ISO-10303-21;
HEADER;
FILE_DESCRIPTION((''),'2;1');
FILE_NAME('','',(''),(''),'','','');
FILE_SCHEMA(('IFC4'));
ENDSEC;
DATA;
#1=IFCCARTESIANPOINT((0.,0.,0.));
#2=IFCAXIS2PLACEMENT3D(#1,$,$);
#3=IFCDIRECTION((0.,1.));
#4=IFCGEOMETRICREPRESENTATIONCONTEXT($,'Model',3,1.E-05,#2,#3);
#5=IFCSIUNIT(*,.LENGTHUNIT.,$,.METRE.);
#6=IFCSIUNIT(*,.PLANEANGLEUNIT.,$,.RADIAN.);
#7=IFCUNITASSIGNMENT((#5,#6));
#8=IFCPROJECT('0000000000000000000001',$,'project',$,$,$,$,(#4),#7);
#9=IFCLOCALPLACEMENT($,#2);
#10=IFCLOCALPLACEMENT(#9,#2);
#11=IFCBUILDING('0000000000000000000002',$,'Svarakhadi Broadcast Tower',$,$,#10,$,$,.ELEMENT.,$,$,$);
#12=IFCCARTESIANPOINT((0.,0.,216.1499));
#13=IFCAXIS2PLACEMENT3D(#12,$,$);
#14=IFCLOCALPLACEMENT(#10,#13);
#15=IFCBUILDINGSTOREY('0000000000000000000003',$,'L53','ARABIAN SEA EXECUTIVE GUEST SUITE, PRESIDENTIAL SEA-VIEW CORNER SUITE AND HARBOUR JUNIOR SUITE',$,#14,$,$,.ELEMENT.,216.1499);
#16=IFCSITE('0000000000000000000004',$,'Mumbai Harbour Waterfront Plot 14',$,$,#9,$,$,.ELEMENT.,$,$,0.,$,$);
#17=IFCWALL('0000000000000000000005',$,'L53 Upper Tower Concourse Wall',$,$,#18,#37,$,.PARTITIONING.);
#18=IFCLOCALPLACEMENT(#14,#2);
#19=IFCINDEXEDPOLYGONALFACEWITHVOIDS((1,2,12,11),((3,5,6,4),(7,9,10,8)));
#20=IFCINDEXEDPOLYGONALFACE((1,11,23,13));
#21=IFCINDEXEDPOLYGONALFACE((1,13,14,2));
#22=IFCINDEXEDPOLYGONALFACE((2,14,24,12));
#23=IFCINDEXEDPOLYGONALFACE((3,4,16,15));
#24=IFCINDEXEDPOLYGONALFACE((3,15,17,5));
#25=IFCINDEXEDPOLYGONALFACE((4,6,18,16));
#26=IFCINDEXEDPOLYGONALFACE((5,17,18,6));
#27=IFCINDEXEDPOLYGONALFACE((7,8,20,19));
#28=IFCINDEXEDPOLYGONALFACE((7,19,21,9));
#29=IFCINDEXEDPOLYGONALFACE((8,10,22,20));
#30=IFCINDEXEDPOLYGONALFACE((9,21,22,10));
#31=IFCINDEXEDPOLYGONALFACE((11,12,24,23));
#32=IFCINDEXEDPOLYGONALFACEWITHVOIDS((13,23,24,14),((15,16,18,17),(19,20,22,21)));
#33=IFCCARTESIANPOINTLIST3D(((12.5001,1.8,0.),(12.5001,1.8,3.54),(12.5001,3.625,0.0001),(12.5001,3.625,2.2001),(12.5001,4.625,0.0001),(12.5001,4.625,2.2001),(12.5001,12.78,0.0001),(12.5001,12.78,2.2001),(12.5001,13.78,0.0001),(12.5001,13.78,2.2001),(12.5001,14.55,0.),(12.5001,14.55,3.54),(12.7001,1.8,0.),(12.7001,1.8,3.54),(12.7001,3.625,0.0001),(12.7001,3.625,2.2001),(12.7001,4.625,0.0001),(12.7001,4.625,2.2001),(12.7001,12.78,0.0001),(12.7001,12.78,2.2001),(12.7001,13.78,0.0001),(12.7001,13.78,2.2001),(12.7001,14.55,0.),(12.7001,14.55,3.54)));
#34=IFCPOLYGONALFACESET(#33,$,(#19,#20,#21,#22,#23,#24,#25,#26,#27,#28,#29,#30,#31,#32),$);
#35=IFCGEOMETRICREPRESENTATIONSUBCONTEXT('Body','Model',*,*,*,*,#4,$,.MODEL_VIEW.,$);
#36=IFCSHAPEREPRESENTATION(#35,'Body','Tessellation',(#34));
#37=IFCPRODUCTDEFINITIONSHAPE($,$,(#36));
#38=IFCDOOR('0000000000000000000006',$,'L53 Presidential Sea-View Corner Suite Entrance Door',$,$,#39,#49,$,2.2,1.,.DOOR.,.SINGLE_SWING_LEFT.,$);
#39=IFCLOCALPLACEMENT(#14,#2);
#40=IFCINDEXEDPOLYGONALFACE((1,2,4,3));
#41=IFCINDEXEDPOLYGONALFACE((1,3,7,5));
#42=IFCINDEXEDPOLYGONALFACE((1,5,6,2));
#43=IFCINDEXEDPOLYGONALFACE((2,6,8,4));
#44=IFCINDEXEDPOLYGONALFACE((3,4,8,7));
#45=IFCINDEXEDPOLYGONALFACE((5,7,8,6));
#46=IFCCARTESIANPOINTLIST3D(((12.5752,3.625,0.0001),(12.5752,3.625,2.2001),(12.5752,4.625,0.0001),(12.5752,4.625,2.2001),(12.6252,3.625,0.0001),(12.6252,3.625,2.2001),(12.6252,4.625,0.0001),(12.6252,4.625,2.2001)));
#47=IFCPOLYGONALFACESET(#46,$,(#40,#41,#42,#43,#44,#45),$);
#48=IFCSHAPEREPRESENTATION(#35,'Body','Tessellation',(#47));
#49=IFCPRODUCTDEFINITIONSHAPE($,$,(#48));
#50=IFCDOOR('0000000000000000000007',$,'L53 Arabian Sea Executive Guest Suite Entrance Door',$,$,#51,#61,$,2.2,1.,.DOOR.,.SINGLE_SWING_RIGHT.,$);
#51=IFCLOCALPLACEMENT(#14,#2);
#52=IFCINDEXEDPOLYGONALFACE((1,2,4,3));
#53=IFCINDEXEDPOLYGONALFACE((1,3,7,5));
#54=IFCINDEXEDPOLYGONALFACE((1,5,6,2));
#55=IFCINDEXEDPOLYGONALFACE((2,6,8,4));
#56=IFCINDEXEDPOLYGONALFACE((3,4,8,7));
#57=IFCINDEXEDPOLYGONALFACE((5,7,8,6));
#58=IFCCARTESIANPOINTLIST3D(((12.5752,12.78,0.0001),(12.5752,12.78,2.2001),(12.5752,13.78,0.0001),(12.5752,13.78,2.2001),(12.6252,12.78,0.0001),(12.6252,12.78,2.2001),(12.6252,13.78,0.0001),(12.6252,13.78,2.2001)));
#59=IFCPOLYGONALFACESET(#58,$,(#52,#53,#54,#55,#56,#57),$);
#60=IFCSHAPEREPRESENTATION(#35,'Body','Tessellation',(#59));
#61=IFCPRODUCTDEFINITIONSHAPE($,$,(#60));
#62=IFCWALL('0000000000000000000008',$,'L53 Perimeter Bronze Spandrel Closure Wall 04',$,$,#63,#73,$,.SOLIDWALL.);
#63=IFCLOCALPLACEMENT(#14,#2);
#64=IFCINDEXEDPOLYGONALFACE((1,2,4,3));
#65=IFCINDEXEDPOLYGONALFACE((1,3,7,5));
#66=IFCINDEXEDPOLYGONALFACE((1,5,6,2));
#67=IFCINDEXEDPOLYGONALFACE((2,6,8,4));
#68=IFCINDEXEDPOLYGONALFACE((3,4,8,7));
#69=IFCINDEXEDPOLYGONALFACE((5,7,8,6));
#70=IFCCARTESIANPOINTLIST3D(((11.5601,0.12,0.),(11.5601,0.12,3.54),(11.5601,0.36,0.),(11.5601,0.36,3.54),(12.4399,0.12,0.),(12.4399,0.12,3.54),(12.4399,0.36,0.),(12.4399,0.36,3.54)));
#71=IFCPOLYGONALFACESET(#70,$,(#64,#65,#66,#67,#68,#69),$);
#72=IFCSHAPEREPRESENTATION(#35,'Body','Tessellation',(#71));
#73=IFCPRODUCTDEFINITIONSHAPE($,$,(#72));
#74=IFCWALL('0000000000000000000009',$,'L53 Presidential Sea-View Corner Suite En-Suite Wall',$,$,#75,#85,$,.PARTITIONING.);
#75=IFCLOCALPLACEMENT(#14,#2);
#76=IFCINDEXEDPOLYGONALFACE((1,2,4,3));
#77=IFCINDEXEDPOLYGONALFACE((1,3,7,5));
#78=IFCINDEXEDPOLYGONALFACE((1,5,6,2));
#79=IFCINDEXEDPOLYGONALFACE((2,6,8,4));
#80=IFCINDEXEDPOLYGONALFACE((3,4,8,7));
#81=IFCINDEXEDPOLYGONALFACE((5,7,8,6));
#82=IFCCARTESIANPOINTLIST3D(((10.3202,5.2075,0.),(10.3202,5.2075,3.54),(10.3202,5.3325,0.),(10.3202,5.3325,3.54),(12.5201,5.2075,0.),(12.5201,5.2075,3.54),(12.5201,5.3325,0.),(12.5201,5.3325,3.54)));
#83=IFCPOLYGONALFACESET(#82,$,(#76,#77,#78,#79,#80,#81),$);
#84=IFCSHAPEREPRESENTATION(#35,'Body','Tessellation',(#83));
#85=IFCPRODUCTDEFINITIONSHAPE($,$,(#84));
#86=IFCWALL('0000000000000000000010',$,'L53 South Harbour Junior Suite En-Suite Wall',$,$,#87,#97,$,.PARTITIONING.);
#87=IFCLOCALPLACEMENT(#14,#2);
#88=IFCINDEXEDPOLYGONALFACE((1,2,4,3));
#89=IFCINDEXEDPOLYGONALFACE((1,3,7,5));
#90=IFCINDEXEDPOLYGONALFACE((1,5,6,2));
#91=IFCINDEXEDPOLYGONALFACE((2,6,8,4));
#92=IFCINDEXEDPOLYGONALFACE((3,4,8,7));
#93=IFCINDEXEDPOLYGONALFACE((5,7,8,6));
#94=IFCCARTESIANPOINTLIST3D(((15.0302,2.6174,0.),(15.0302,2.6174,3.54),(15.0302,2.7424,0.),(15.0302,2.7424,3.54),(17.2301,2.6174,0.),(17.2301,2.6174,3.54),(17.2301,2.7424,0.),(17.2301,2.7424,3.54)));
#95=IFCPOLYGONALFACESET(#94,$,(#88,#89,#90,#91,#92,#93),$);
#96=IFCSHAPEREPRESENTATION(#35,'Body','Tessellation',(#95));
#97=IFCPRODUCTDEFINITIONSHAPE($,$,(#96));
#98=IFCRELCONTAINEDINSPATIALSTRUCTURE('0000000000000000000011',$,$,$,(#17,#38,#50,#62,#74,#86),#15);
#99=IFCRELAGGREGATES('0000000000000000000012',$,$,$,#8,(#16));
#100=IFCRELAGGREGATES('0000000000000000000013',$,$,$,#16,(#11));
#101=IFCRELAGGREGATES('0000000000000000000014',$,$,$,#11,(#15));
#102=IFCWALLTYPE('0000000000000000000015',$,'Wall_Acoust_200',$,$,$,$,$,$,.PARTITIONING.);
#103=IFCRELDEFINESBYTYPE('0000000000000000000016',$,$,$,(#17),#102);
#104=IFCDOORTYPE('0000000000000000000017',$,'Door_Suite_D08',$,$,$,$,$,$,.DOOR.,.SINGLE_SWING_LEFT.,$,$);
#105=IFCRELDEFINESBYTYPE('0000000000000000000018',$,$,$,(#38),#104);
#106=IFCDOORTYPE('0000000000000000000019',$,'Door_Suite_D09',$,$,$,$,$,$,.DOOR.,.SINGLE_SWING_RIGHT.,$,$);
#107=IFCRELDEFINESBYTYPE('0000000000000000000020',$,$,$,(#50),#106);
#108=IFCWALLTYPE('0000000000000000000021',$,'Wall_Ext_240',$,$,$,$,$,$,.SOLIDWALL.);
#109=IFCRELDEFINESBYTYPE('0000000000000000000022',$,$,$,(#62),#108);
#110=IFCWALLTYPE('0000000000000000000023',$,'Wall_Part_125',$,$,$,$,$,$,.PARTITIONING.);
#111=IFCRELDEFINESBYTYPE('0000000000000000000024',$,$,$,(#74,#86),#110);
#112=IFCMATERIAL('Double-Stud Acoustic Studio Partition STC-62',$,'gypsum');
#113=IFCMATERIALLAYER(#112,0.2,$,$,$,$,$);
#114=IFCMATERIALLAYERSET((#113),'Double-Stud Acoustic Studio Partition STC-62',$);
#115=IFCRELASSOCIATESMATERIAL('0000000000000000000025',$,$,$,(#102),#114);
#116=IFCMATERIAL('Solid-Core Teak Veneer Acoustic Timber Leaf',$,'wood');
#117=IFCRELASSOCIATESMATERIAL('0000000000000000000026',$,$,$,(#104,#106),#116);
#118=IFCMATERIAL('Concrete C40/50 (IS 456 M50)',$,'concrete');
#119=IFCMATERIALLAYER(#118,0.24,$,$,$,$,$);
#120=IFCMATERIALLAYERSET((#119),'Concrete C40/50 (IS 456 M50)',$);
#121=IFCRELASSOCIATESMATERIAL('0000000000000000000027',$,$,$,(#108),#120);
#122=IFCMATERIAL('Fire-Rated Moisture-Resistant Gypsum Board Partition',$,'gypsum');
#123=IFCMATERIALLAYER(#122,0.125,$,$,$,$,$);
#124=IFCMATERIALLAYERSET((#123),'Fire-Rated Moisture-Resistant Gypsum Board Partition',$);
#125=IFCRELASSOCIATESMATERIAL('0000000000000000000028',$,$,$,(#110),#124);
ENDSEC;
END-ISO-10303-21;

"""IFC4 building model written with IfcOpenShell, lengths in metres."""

from ifc_helpers import new_model, si_unit, direction, frame, frame_2d, origin, place, context, subcontext, project, spatial, rectangle, extrude, material, layer, layer_set, type_object, element, fill, save


model = new_model("IFC4")

# Units and contexts
model_context = context("Model", 3, precision=1e-05, world=origin(), true_north=direction((0.0, 1.0)))
body_context = subcontext(model_context, "Body", "Model", "MODEL_VIEW")
ifc_project = project(units=[si_unit("LENGTHUNIT", "METRE"), si_unit("PLANEANGLEUNIT", "RADIAN")], contexts=[model_context])

# Site, building, storey
site_placement = place(None, origin())
site = spatial("IfcSite", under=ifc_project, at=site_placement, Name="Mumbai Harbour Waterfront Plot 14", CompositionType="ELEMENT", RefElevation=0.0)
building_placement = place(site_placement, origin())
building = spatial("IfcBuilding", under=site, at=building_placement, Name="Svarakhadi Broadcast Tower", CompositionType="ELEMENT")
storey_placement = place(building_placement, frame((0.0, 0.0, 216.1499)))
storey = spatial("IfcBuildingStorey", under=building, at=storey_placement, Name="L53", Description="ARABIAN SEA EXECUTIVE GUEST SUITE, PRESIDENTIAL SEA-VIEW CORNER SUITE AND HARBOUR JUNIOR SUITE", CompositionType="ELEMENT", Elevation=216.1499)

# Shared definitions
ifc_material_1 = material(Name="Double-Stud Acoustic Studio Partition STC-62", Category="gypsum")
ifc_layer_1 = layer(ifc_material_1, 0.2)
ifc_layer_set_1 = layer_set([ifc_layer_1], Name="Double-Stud Acoustic Studio Partition STC-62")
wall_type_1 = type_object("IfcWallType", Name="Wall_Acoust_200", PredefinedType="PARTITIONING", material=ifc_layer_set_1)

# Wall, openings, doors
wall_1_placement = place(storey_placement, frame((12.6001, 1.8, 0.0), z_axis=(0.0, 0.0, 1.0), x_axis=(0.0, 1.0, 0.0)))
wall_1 = element("IfcWall", 1, at=wall_1_placement, inside=storey, type_object=wall_type_1, Name="L53 Upper Tower Concourse Wall", PredefinedType="PARTITIONING", context=body_context, shape_type="SweptSolid", body=[
    extrude(rectangle(XDim=12.75, YDim=0.2, at=frame_2d((6.375, 0.0))), origin(), (0.0, 0.0, 1.0), 3.54),
])
opening_1_placement = place(wall_1_placement, frame((1.825, 0.0, 0.0)))
opening_1 = element("IfcOpeningElement", 2, at=opening_1_placement, cuts=wall_1, PredefinedType="OPENING", context=body_context, shape_type="SweptSolid", body=[
    extrude(rectangle(XDim=1.0, YDim=2.2, at=frame_2d((0.5, 1.1001))), frame((0.0, 0.1099, 0.0), z_axis=(0.0, -1.0, 0.0), x_axis=(1.0, 0.0, 0.0)), (0.0, 0.0, 1.0), 0.22),
])
opening_2_placement = place(wall_1_placement, frame((10.98, 0.0, 0.0)))
opening_2 = element("IfcOpeningElement", 3, at=opening_2_placement, cuts=wall_1, PredefinedType="OPENING", context=body_context, shape_type="SweptSolid", body=[
    extrude(rectangle(XDim=1.0, YDim=2.2, at=frame_2d((0.5, 1.1001))), frame((0.0, 0.1099, 0.0), z_axis=(0.0, -1.0, 0.0), x_axis=(1.0, 0.0, 0.0)), (0.0, 0.0, 1.0), 0.22),
])
ifc_material_2 = material(Name="Solid-Core Teak Veneer Acoustic Timber Leaf", Category="wood")
door_type_1 = type_object("IfcDoorType", Name="Door_Suite_D08", OperationType="SINGLE_SWING_LEFT", PredefinedType="DOOR", material=ifc_material_2)
door_1_placement = place(opening_1_placement, origin())
door_1 = element("IfcDoor", 4, at=door_1_placement, inside=storey, type_object=door_type_1, Name="L53 Presidential Sea-View Corner Suite Entrance Door", OperationType="SINGLE_SWING_LEFT", OverallHeight=2.2, OverallWidth=1.0, PredefinedType="DOOR", context=body_context, shape_type="SweptSolid", body=[
    extrude(rectangle(XDim=1.0, YDim=2.2, at=frame_2d((0.5, 1.1001))), frame((0.0, 0.0249, 0.0), z_axis=(0.0, -1.0, 0.0), x_axis=(1.0, 0.0, 0.0)), (0.0, 0.0, 1.0), 0.05),
])
fill(opening_1, door_1)
door_type_2 = type_object("IfcDoorType", Name="Door_Suite_D09", OperationType="SINGLE_SWING_RIGHT", PredefinedType="DOOR", material=ifc_material_2)
door_2_placement = place(opening_2_placement, origin())
door_2 = element("IfcDoor", 5, at=door_2_placement, inside=storey, type_object=door_type_2, Name="L53 Arabian Sea Executive Guest Suite Entrance Door", OperationType="SINGLE_SWING_RIGHT", OverallHeight=2.2, OverallWidth=1.0, PredefinedType="DOOR", context=body_context, shape_type="SweptSolid", body=[
    extrude(rectangle(XDim=1.0, YDim=2.2, at=frame_2d((0.5, 1.1001))), frame((0.0, 0.0249, 0.0), z_axis=(0.0, -1.0, 0.0), x_axis=(1.0, 0.0, 0.0)), (0.0, 0.0, 1.0), 0.05),
])
fill(opening_2, door_2)

# Walls
ifc_material_3 = material(Name="Concrete C40/50 (IS 456 M50)", Category="concrete")
ifc_layer_2 = layer(ifc_material_3, 0.24)
ifc_layer_set_2 = layer_set([ifc_layer_2], Name="Concrete C40/50 (IS 456 M50)")
wall_type_2 = type_object("IfcWallType", Name="Wall_Ext_240", PredefinedType="SOLIDWALL", material=ifc_layer_set_2)
wall_2_placement = place(storey_placement, frame((12.4399, 0.24, 0.0), z_axis=(0.0, 0.0, 1.0), x_axis=(-1.0, 0.0, 0.0)))
element("IfcWall", 6, at=wall_2_placement, inside=storey, type_object=wall_type_2, Name="L53 Perimeter Bronze Spandrel Closure Wall 04", PredefinedType="SOLIDWALL", context=body_context, shape_type="SweptSolid", body=[
    extrude(rectangle(XDim=0.8799, YDim=0.24, at=frame_2d((0.4399, 0.0))), origin(), (0.0, 0.0, 1.0), 3.54),
])
ifc_material_4 = material(Name="Fire-Rated Moisture-Resistant Gypsum Board Partition", Category="gypsum")
ifc_layer_3 = layer(ifc_material_4, 0.125)
ifc_layer_set_3 = layer_set([ifc_layer_3], Name="Fire-Rated Moisture-Resistant Gypsum Board Partition")
wall_type_3 = type_object("IfcWallType", Name="Wall_Part_125", PredefinedType="PARTITIONING", material=ifc_layer_set_3)
for number, where, z_axis, x_axis, name in (
    (7, (10.3201, 5.27, 0.0), (0.0, 0.0, 1.0), (1.0, 0.0, 0.0), "L53 Presidential Sea-View Corner Suite En-Suite Wall"),
    (8, (15.03, 2.6799, 0.0), (0.0, 0.0, 1.0), (1.0, 0.0, 0.0), "L53 South Harbour Junior Suite En-Suite Wall"),
):
    element("IfcWall", number, at=place(storey_placement, frame(where, z_axis=z_axis, x_axis=x_axis)), inside=storey, type_object=wall_type_3, Name=name, PredefinedType="PARTITIONING", context=body_context, shape_type="SweptSolid", body=[
        extrude(rectangle(XDim=2.2, YDim=0.125, at=frame_2d((1.1001, 0.0))), origin(), (0.0, 0.0, 1.0), 3.54),
    ])

save(model, "model.ifc")
